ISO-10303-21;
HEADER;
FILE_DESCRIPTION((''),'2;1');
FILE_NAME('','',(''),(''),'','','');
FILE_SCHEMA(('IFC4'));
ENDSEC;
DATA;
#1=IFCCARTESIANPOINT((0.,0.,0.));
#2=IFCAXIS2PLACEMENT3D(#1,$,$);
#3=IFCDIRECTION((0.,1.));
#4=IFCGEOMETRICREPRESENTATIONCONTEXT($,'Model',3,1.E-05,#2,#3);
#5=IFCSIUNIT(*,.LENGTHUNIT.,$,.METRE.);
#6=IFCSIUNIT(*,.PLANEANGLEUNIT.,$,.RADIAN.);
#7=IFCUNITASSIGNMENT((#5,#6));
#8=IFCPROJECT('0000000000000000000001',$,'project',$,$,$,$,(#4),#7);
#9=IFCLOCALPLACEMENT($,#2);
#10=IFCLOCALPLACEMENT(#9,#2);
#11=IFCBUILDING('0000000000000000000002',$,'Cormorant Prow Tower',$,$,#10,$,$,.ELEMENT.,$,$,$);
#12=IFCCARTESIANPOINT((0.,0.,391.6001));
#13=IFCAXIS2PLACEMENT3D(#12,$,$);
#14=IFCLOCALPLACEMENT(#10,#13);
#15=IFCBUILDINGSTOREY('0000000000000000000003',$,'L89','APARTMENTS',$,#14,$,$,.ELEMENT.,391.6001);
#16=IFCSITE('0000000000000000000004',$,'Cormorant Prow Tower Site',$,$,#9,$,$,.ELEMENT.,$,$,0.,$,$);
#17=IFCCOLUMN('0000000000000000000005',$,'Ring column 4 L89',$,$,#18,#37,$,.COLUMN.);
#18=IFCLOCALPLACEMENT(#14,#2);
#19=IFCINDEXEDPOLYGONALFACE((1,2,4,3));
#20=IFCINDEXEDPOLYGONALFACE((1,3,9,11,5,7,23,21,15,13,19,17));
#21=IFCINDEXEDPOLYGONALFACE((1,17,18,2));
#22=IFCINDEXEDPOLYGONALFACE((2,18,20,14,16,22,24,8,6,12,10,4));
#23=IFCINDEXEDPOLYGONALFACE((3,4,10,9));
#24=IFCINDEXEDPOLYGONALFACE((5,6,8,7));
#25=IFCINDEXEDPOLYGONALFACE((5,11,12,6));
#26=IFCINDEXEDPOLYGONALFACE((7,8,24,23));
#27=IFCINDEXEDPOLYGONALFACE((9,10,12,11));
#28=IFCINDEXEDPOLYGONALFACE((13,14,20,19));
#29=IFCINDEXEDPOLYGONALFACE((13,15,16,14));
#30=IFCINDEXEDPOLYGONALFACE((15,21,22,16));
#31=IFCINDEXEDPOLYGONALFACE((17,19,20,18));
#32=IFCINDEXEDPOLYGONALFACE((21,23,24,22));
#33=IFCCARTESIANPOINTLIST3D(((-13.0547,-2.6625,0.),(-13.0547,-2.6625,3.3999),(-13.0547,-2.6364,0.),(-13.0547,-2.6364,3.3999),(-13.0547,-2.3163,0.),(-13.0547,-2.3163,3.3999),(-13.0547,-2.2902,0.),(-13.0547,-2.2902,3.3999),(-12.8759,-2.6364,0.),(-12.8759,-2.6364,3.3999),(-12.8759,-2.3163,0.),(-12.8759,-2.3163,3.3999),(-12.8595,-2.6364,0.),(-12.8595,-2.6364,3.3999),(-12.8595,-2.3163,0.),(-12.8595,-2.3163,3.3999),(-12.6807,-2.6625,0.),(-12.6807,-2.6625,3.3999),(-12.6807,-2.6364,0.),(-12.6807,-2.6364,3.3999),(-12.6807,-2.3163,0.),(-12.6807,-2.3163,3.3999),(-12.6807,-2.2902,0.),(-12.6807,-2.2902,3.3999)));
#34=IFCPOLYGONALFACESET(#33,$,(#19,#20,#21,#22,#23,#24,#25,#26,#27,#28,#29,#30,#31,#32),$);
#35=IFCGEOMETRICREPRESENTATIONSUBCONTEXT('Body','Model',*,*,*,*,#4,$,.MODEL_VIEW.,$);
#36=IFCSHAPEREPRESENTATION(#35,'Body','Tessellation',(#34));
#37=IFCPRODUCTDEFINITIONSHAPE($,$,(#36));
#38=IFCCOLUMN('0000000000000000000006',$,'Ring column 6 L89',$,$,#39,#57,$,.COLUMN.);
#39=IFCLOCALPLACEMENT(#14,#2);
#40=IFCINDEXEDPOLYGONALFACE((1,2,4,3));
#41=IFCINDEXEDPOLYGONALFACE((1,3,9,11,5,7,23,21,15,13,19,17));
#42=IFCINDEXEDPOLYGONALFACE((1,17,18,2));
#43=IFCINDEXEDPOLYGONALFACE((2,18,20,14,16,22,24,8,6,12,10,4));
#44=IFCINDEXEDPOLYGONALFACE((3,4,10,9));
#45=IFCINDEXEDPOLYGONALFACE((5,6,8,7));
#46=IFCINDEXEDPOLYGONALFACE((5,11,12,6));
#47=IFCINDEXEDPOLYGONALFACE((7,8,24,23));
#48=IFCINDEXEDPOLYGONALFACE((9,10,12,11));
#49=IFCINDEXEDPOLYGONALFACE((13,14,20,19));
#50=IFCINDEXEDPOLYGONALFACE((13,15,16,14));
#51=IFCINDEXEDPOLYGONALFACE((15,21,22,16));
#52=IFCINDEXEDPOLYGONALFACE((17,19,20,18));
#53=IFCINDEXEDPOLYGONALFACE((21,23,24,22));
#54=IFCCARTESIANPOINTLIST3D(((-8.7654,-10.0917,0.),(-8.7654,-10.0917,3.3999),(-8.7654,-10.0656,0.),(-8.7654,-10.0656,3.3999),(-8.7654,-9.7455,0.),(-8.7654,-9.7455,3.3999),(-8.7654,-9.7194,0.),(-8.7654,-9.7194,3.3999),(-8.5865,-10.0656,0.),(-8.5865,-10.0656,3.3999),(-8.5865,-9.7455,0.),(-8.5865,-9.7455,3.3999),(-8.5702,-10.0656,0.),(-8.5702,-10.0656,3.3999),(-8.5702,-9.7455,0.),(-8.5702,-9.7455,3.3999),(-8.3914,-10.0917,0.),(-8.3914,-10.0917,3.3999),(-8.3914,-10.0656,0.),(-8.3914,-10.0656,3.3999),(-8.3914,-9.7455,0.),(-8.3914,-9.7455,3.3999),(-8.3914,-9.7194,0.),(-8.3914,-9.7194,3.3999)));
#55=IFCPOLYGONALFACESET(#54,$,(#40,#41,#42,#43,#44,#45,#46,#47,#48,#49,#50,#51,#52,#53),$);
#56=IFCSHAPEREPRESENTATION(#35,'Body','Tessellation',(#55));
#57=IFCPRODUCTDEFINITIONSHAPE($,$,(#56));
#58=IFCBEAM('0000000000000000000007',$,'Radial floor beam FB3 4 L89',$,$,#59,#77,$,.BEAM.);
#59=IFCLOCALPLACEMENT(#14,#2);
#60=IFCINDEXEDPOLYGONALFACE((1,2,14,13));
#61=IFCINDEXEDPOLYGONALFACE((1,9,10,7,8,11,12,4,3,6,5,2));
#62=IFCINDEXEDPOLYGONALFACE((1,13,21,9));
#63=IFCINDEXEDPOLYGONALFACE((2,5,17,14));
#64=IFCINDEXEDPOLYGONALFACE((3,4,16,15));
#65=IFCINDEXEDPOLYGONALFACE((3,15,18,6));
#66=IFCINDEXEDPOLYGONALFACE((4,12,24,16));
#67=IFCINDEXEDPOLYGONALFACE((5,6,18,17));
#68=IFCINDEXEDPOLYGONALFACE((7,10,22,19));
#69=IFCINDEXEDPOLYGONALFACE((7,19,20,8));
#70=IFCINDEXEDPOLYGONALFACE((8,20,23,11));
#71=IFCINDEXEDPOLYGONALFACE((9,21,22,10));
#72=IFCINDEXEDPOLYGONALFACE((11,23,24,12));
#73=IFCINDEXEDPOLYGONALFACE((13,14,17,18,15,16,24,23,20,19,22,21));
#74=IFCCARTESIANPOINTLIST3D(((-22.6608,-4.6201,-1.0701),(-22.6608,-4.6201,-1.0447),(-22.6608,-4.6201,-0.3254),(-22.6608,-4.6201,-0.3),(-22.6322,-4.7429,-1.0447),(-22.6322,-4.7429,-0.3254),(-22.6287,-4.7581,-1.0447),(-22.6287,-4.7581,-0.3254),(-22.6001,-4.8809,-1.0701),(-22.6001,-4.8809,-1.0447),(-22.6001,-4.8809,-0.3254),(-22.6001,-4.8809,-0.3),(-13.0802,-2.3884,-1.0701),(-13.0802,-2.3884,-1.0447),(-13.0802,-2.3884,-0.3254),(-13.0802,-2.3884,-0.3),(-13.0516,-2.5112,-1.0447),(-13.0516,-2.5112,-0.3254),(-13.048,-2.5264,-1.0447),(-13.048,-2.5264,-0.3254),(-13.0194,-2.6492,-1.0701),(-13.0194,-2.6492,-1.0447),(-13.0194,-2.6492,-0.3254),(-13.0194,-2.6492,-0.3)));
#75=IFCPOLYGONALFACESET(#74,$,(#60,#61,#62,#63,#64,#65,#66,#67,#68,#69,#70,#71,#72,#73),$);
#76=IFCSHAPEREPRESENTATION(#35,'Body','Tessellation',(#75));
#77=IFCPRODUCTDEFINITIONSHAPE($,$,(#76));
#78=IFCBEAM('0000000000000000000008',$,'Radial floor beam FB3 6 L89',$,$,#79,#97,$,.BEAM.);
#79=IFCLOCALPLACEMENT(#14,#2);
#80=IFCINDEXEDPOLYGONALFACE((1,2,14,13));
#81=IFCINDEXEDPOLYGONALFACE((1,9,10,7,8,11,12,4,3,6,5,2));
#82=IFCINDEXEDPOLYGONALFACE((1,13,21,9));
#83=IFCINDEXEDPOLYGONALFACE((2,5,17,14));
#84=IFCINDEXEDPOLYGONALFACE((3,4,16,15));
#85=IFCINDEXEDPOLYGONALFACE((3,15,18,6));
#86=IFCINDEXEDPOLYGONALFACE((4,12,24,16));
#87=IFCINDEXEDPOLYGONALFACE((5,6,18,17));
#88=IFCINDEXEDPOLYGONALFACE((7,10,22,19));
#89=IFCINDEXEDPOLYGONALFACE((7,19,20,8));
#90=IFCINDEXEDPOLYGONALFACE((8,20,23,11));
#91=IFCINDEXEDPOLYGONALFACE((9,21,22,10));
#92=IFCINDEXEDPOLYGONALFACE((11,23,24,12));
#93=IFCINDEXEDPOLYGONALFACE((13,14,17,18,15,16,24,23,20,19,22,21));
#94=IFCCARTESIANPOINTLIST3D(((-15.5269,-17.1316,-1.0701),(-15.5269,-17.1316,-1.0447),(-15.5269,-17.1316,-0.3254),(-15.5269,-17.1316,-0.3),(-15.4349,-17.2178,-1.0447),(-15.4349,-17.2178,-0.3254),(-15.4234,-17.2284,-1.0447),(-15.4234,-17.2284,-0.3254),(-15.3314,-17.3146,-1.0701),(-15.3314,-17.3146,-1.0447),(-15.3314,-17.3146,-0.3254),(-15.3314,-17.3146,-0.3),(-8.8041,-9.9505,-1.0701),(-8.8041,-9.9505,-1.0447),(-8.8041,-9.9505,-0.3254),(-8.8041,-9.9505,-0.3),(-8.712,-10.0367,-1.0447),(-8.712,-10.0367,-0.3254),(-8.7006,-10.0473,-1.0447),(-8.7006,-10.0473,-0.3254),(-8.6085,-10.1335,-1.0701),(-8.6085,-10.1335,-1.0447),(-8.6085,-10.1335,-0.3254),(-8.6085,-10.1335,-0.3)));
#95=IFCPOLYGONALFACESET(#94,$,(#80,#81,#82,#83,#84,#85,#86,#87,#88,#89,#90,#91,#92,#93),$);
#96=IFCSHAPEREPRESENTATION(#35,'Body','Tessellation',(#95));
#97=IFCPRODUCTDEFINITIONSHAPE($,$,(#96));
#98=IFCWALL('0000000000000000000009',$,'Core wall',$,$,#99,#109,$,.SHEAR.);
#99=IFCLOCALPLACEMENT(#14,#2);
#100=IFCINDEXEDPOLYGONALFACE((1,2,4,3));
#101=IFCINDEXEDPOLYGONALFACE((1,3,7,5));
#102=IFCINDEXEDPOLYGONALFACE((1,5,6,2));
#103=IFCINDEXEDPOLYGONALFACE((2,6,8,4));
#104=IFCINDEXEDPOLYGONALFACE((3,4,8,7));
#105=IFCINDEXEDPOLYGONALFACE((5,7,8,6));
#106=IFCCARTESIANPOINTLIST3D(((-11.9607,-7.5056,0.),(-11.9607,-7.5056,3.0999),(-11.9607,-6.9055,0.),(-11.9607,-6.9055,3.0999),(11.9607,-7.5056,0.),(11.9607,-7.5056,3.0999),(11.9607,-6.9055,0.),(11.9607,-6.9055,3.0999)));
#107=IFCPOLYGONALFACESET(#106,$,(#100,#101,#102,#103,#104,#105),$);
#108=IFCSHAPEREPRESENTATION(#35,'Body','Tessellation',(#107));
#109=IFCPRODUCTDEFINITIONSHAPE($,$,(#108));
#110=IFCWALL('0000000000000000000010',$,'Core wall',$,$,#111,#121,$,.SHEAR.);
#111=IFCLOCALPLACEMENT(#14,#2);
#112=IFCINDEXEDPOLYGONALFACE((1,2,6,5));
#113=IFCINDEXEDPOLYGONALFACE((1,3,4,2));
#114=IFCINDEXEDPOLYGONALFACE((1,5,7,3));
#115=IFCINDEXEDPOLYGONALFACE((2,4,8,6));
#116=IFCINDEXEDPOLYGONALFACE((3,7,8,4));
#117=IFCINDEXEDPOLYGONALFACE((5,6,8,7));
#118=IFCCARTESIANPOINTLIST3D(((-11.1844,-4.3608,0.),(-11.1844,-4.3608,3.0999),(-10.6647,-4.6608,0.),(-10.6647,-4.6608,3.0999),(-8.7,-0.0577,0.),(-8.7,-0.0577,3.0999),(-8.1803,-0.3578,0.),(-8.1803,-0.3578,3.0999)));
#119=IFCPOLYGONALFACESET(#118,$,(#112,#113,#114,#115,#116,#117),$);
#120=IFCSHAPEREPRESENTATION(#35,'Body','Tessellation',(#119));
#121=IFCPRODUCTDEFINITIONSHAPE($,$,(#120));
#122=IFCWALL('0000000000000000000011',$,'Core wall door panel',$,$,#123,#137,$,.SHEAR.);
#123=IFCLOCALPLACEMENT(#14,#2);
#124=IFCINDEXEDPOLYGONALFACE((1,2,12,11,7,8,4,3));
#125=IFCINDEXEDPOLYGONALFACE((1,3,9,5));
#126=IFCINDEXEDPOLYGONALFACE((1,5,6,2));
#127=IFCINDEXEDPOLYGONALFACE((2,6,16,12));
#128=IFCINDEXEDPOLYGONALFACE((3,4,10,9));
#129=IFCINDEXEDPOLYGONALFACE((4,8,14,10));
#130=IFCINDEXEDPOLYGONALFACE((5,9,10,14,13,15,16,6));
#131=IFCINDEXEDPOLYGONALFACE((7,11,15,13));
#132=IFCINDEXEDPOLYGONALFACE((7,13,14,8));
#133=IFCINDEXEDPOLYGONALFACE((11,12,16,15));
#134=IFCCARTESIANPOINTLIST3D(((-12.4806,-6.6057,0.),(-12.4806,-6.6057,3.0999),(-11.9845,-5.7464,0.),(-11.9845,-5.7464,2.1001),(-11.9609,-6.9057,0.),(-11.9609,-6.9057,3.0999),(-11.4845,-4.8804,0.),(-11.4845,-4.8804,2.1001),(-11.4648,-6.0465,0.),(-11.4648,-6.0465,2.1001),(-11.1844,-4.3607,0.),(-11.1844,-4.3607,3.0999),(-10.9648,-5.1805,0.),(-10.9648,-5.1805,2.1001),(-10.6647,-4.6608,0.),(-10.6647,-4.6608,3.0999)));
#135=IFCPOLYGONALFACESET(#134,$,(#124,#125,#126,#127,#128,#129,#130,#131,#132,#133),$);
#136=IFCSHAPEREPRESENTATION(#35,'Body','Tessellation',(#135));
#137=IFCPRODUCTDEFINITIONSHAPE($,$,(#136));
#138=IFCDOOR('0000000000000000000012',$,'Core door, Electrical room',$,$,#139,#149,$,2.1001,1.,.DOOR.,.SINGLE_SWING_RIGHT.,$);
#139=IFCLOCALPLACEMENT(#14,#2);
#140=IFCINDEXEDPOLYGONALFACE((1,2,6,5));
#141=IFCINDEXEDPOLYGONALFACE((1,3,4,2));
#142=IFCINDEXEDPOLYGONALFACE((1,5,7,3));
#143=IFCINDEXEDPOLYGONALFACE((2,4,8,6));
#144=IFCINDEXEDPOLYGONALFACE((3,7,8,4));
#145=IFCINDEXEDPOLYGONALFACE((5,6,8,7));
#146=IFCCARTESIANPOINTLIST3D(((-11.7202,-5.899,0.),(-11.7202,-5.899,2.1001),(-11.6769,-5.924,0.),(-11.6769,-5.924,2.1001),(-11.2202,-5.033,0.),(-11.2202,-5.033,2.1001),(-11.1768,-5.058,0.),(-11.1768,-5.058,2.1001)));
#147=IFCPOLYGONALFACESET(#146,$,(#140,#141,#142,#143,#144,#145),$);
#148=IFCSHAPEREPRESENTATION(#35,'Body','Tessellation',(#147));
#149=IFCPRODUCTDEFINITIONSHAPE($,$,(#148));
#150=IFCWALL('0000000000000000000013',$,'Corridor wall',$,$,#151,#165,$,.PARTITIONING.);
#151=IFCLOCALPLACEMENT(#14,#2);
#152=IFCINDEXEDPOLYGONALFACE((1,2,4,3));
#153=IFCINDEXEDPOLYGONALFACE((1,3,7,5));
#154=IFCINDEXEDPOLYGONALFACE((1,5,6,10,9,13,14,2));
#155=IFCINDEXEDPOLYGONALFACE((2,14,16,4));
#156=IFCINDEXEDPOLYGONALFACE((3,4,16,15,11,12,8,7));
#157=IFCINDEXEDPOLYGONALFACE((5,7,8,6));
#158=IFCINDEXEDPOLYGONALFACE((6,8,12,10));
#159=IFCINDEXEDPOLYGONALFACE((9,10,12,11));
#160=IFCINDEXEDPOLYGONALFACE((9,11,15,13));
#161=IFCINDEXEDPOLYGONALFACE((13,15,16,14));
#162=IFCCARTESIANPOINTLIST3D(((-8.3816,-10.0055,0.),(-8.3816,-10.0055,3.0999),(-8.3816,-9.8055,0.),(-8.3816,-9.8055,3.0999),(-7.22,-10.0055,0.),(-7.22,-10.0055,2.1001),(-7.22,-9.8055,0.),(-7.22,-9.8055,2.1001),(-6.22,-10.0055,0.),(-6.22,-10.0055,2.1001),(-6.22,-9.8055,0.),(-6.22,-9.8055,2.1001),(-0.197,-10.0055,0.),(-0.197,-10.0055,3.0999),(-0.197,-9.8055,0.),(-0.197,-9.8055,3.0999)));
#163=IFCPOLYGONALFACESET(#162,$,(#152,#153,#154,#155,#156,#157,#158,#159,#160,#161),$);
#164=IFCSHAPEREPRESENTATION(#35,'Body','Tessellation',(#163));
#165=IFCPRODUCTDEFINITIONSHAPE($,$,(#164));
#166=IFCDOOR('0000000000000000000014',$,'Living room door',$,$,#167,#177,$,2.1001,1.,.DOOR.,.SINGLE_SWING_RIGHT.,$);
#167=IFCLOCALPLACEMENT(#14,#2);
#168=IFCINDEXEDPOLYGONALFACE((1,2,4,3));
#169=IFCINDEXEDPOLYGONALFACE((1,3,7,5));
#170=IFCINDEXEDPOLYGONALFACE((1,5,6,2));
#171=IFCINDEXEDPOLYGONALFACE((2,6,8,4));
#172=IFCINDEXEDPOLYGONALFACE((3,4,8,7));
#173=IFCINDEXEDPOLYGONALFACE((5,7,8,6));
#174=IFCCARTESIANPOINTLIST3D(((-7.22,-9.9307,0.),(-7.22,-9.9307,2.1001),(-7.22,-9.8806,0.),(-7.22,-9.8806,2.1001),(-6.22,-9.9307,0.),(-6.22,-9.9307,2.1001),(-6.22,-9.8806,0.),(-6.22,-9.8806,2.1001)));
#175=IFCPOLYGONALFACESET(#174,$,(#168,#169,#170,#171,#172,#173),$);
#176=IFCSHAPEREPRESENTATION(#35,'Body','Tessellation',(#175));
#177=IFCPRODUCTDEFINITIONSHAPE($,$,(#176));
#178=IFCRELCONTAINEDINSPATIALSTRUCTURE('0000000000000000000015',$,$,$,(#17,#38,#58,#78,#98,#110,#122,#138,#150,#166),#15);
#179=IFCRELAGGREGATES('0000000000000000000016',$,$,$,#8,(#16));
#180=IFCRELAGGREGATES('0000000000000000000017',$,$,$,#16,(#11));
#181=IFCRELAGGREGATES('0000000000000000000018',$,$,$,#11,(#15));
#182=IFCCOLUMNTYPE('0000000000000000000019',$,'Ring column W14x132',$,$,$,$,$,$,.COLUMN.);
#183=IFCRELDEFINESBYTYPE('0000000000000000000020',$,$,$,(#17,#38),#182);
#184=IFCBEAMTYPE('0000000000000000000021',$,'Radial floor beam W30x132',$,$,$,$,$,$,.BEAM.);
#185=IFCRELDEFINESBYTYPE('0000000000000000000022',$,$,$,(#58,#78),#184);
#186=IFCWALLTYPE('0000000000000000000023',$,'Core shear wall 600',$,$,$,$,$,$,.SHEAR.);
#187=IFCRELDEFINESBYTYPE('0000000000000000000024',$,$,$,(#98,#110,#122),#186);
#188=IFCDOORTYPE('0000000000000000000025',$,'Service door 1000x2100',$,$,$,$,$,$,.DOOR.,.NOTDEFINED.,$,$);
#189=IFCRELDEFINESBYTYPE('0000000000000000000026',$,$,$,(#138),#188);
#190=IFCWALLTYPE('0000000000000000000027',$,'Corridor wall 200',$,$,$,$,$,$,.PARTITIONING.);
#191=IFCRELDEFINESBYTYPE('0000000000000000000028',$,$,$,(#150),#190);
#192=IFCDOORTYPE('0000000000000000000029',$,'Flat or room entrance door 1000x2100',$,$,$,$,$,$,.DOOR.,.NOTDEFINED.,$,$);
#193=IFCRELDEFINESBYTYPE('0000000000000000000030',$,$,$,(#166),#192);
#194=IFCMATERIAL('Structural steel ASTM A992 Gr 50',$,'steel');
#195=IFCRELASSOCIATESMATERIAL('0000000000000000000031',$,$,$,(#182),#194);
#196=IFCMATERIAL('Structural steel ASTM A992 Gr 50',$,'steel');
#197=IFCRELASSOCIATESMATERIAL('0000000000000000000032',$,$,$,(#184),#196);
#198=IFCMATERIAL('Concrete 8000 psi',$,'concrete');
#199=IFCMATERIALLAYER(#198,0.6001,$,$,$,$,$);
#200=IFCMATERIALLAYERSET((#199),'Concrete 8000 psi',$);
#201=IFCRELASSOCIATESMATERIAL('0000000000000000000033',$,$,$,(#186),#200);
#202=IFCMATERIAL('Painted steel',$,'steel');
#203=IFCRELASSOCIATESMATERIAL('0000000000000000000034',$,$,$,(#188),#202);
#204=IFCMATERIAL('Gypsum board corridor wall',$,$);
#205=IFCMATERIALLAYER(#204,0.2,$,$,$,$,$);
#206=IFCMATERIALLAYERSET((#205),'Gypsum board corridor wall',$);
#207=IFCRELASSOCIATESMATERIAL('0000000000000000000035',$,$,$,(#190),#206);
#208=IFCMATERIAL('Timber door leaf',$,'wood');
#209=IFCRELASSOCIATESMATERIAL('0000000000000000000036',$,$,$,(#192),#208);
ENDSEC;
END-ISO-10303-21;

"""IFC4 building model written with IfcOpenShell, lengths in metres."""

from ifc_helpers import new_model, si_unit, direction, frame, frame_2d, origin, origin_2d, place, context, subcontext, project, spatial, rectangle, i_section, extrude, material, layer, layer_set, material_profile, profile_set, type_object, element, fill, save


model = new_model("IFC4")

# Units and contexts
model_context = context("Model", 3, precision=1e-05, world=origin(), true_north=direction((0.0, 1.0)))
body_context = subcontext(model_context, "Body", "Model", "MODEL_VIEW")
ifc_project = project(units=[si_unit("LENGTHUNIT", "METRE"), si_unit("PLANEANGLEUNIT", "RADIAN")], contexts=[model_context])

# Site, building, storey
site_placement = place(None, origin())
site = spatial("IfcSite", under=ifc_project, at=site_placement, Name="Cormorant Prow Tower Site", CompositionType="ELEMENT", RefElevation=0.0)
building_placement = place(site_placement, origin())
building = spatial("IfcBuilding", under=site, at=building_placement, Name="Cormorant Prow Tower", CompositionType="ELEMENT")
storey_placement = place(building_placement, frame((0.0, 0.0, 391.6001)))
storey = spatial("IfcBuildingStorey", under=building, at=storey_placement, Name="L89", Description="APARTMENTS", CompositionType="ELEMENT", Elevation=391.6001)

# Columns
ifc_material_1 = material(Name="Structural steel ASTM A992 Gr 50", Category="steel")
ifc_material_profile_1 = material_profile(ifc_material_1, i_section(OverallWidth=0.374, OverallDepth=0.3723, WebThickness=0.0164, FlangeThickness=0.0261, at=origin_2d()), Name="W14x132")
ifc_profile_set_1 = profile_set([ifc_material_profile_1], Name="Structural steel ASTM A992 Gr 50")
column_type = type_object("IfcColumnType", Name="Ring column W14x132", PredefinedType="COLUMN", material=ifc_profile_set_1)
for number, where, z_axis, x_axis, name in (
    (1, (-12.8677, -2.4763, 0.0), (0.0, 0.0, 1.0), (1.0, 0.0, 0.0), "Ring column 4 L89"),
    (2, (-8.5784, -9.9055, 0.0), (0.0, 0.0, 1.0), (1.0, 0.0, 0.0), "Ring column 6 L89"),
):
    element("IfcColumn", number, at=place(storey_placement, frame(where, z_axis=z_axis, x_axis=x_axis)), inside=storey, type_object=column_type, Name=name, PredefinedType="COLUMN", context=body_context, shape_type="SweptSolid", body=[
        extrude(i_section(OverallWidth=0.374, OverallDepth=0.3723, WebThickness=0.0164, FlangeThickness=0.0261, at=origin_2d()), origin(), (0.0, 0.0, 1.0), 3.3999),
    ])

# Beams
ifc_material_2 = material(Name="Structural steel ASTM A992 Gr 50", Category="steel")
ifc_material_profile_2 = material_profile(ifc_material_2, i_section(OverallWidth=0.2678, OverallDepth=0.77, WebThickness=0.0156, FlangeThickness=0.0254, at=origin_2d()), Name="W30x132")
ifc_profile_set_2 = profile_set([ifc_material_profile_2], Name="Structural steel ASTM A992 Gr 50")
beam_type = type_object("IfcBeamType", Name="Radial floor beam W30x132", PredefinedType="BEAM", material=ifc_profile_set_2)
beam_1_placement = place(storey_placement, frame((-13.0498, -2.5188, -0.6851), z_axis=(-0.973926, -0.226866, 0.0), x_axis=(0.226866, -0.973926, 0.0)))
element("IfcBeam", 3, at=beam_1_placement, inside=storey, type_object=beam_type, Name="Radial floor beam FB3 4 L89", PredefinedType="BEAM", context=body_context, shape_type="SweptSolid", body=[
    extrude(i_section(OverallWidth=0.2678, OverallDepth=0.77, WebThickness=0.0156, FlangeThickness=0.0254, at=origin_2d()), origin(), (0.0, 0.0, 1.0), 9.8372),
])
beam_2_placement = place(storey_placement, frame((-8.7063, -10.042, -0.6851), z_axis=(-0.683431, -0.730015, 0.0), x_axis=(0.730015, -0.683431, 0.0)))
element("IfcBeam", 4, at=beam_2_placement, inside=storey, type_object=beam_type, Name="Radial floor beam FB3 6 L89", PredefinedType="BEAM", context=body_context, shape_type="SweptSolid", body=[
    extrude(i_section(OverallWidth=0.2678, OverallDepth=0.77, WebThickness=0.0156, FlangeThickness=0.0254, at=origin_2d()), origin(), (0.0, 0.0, 1.0), 9.8369),
])

# Walls
ifc_material_3 = material(Name="Concrete 8000 psi", Category="concrete")
ifc_layer_1 = layer(ifc_material_3, 0.6001)
ifc_layer_set_1 = layer_set([ifc_layer_1], Name="Concrete 8000 psi")
wall_type_1 = type_object("IfcWallType", Name="Core shear wall 600", PredefinedType="SHEAR", material=ifc_layer_set_1)
wall_1_placement = place(storey_placement, frame((-11.9607, -7.2056, 0.0), z_axis=(0.0, 0.0, 1.0), x_axis=(1.0, 0.0, 0.0)))
element("IfcWall", 5, at=wall_1_placement, inside=storey, type_object=wall_type_1, Name="Core wall", PredefinedType="SHEAR", context=body_context, shape_type="SweptSolid", body=[
    extrude(rectangle(XDim=23.9214, YDim=0.6001, at=frame_2d((11.9607, 0.0))), origin(), (0.0, 0.0, 1.0), 3.0999),
])
wall_2_placement = place(storey_placement, frame((-8.4402, -0.2078, 0.0), z_axis=(0.0, 0.0, 1.0), x_axis=(-0.500007, -0.866021, 0.0)))
element("IfcWall", 6, at=wall_2_placement, inside=storey, type_object=wall_type_1, Name="Core wall", PredefinedType="SHEAR", context=body_context, shape_type="SweptSolid", body=[
    extrude(rectangle(XDim=4.9688, YDim=0.6001, at=frame_2d((2.4844, 0.0))), origin(), (0.0, 0.0, 1.0), 3.0999),
])

# Walls, openings, doors
wall_3_placement = place(storey_placement, frame((-10.9246, -4.5107, 0.0), z_axis=(0.0, 0.0, 1.0), x_axis=(-0.500019, -0.866015, 0.0)))
wall_3 = element("IfcWall", 7, at=wall_3_placement, inside=storey, type_object=wall_type_1, Name="Core wall door panel", PredefinedType="SHEAR", context=body_context, shape_type="SweptSolid", body=[
    extrude(rectangle(XDim=2.5923, YDim=0.6001, at=frame_2d((1.2961, 0.0))), origin(), (0.0, 0.0, 1.0), 3.0999),
])
opening_1_placement = place(wall_3_placement, frame((0.6001, 0.0, 0.0)))
opening_1 = element("IfcOpeningElement", 8, at=opening_1_placement, cuts=wall_3, PredefinedType="OPENING", context=body_context, shape_type="SweptSolid", body=[
    extrude(rectangle(XDim=1.0, YDim=2.1001, at=frame_2d((0.5, 1.05))), frame((0.0, 0.3101, 0.0), z_axis=(0.0, -1.0, 0.0), x_axis=(1.0, 0.0, 0.0)), (0.0, 0.0, 1.0), 0.6201),
])
ifc_material_4 = material(Name="Painted steel", Category="steel")
door_type_1 = type_object("IfcDoorType", Name="Service door 1000x2100", OperationType="NOTDEFINED", PredefinedType="DOOR", material=ifc_material_4)
door_1_placement = place(opening_1_placement, origin())
door_1 = element("IfcDoor", 9, at=door_1_placement, inside=storey, type_object=door_type_1, Name="Core door, Electrical room", OperationType="SINGLE_SWING_RIGHT", OverallHeight=2.1001, OverallWidth=1.0, PredefinedType="DOOR", context=body_context, shape_type="SweptSolid", body=[
    extrude(rectangle(XDim=1.0, YDim=2.1001, at=frame_2d((0.5, 1.05))), frame((0.0, 0.0552, 0.0), z_axis=(0.0, -1.0, 0.0), x_axis=(1.0, 0.0, 0.0)), (0.0, 0.0, 1.0), 0.05),
])
fill(opening_1, door_1)
ifc_material_5 = material(Name="Gypsum board corridor wall")
ifc_layer_2 = layer(ifc_material_5, 0.2)
ifc_layer_set_2 = layer_set([ifc_layer_2], Name="Gypsum board corridor wall")
wall_type_2 = type_object("IfcWallType", Name="Corridor wall 200", PredefinedType="PARTITIONING", material=ifc_layer_set_2)
wall_4_placement = place(storey_placement, frame((-8.3816, -9.9055, 0.0), z_axis=(0.0, 0.0, 1.0), x_axis=(1.0, 0.0, 0.0)))
wall_4 = element("IfcWall", 10, at=wall_4_placement, inside=storey, type_object=wall_type_2, Name="Corridor wall", PredefinedType="PARTITIONING", context=body_context, shape_type="SweptSolid", body=[
    extrude(rectangle(XDim=8.1846, YDim=0.2, at=frame_2d((4.0923, 0.0))), origin(), (0.0, 0.0, 1.0), 3.0999),
])
opening_2_placement = place(wall_4_placement, frame((1.1616, 0.0, 0.0)))
opening_2 = element("IfcOpeningElement", 11, at=opening_2_placement, cuts=wall_4, PredefinedType="OPENING", context=body_context, shape_type="SweptSolid", body=[
    extrude(rectangle(XDim=1.0, YDim=2.1001, at=frame_2d((0.5, 1.05))), frame((0.0, 0.1099, 0.0), z_axis=(0.0, -1.0, 0.0), x_axis=(1.0, 0.0, 0.0)), (0.0, 0.0, 1.0), 0.22),
])
ifc_material_6 = material(Name="Timber door leaf", Category="wood")
door_type_2 = type_object("IfcDoorType", Name="Flat or room entrance door 1000x2100", OperationType="NOTDEFINED", PredefinedType="DOOR", material=ifc_material_6)
door_2_placement = place(opening_2_placement, origin())
door_2 = element("IfcDoor", 12, at=door_2_placement, inside=storey, type_object=door_type_2, Name="Living room door", OperationType="SINGLE_SWING_RIGHT", OverallHeight=2.1001, OverallWidth=1.0, PredefinedType="DOOR", context=body_context, shape_type="SweptSolid", body=[
    extrude(rectangle(XDim=1.0, YDim=2.1001, at=frame_2d((0.5, 1.05))), frame((0.0, 0.0249, 0.0), z_axis=(0.0, -1.0, 0.0), x_axis=(1.0, 0.0, 0.0)), (0.0, 0.0, 1.0), 0.05),
])
fill(opening_2, door_2)

save(model, "model.ifc")
